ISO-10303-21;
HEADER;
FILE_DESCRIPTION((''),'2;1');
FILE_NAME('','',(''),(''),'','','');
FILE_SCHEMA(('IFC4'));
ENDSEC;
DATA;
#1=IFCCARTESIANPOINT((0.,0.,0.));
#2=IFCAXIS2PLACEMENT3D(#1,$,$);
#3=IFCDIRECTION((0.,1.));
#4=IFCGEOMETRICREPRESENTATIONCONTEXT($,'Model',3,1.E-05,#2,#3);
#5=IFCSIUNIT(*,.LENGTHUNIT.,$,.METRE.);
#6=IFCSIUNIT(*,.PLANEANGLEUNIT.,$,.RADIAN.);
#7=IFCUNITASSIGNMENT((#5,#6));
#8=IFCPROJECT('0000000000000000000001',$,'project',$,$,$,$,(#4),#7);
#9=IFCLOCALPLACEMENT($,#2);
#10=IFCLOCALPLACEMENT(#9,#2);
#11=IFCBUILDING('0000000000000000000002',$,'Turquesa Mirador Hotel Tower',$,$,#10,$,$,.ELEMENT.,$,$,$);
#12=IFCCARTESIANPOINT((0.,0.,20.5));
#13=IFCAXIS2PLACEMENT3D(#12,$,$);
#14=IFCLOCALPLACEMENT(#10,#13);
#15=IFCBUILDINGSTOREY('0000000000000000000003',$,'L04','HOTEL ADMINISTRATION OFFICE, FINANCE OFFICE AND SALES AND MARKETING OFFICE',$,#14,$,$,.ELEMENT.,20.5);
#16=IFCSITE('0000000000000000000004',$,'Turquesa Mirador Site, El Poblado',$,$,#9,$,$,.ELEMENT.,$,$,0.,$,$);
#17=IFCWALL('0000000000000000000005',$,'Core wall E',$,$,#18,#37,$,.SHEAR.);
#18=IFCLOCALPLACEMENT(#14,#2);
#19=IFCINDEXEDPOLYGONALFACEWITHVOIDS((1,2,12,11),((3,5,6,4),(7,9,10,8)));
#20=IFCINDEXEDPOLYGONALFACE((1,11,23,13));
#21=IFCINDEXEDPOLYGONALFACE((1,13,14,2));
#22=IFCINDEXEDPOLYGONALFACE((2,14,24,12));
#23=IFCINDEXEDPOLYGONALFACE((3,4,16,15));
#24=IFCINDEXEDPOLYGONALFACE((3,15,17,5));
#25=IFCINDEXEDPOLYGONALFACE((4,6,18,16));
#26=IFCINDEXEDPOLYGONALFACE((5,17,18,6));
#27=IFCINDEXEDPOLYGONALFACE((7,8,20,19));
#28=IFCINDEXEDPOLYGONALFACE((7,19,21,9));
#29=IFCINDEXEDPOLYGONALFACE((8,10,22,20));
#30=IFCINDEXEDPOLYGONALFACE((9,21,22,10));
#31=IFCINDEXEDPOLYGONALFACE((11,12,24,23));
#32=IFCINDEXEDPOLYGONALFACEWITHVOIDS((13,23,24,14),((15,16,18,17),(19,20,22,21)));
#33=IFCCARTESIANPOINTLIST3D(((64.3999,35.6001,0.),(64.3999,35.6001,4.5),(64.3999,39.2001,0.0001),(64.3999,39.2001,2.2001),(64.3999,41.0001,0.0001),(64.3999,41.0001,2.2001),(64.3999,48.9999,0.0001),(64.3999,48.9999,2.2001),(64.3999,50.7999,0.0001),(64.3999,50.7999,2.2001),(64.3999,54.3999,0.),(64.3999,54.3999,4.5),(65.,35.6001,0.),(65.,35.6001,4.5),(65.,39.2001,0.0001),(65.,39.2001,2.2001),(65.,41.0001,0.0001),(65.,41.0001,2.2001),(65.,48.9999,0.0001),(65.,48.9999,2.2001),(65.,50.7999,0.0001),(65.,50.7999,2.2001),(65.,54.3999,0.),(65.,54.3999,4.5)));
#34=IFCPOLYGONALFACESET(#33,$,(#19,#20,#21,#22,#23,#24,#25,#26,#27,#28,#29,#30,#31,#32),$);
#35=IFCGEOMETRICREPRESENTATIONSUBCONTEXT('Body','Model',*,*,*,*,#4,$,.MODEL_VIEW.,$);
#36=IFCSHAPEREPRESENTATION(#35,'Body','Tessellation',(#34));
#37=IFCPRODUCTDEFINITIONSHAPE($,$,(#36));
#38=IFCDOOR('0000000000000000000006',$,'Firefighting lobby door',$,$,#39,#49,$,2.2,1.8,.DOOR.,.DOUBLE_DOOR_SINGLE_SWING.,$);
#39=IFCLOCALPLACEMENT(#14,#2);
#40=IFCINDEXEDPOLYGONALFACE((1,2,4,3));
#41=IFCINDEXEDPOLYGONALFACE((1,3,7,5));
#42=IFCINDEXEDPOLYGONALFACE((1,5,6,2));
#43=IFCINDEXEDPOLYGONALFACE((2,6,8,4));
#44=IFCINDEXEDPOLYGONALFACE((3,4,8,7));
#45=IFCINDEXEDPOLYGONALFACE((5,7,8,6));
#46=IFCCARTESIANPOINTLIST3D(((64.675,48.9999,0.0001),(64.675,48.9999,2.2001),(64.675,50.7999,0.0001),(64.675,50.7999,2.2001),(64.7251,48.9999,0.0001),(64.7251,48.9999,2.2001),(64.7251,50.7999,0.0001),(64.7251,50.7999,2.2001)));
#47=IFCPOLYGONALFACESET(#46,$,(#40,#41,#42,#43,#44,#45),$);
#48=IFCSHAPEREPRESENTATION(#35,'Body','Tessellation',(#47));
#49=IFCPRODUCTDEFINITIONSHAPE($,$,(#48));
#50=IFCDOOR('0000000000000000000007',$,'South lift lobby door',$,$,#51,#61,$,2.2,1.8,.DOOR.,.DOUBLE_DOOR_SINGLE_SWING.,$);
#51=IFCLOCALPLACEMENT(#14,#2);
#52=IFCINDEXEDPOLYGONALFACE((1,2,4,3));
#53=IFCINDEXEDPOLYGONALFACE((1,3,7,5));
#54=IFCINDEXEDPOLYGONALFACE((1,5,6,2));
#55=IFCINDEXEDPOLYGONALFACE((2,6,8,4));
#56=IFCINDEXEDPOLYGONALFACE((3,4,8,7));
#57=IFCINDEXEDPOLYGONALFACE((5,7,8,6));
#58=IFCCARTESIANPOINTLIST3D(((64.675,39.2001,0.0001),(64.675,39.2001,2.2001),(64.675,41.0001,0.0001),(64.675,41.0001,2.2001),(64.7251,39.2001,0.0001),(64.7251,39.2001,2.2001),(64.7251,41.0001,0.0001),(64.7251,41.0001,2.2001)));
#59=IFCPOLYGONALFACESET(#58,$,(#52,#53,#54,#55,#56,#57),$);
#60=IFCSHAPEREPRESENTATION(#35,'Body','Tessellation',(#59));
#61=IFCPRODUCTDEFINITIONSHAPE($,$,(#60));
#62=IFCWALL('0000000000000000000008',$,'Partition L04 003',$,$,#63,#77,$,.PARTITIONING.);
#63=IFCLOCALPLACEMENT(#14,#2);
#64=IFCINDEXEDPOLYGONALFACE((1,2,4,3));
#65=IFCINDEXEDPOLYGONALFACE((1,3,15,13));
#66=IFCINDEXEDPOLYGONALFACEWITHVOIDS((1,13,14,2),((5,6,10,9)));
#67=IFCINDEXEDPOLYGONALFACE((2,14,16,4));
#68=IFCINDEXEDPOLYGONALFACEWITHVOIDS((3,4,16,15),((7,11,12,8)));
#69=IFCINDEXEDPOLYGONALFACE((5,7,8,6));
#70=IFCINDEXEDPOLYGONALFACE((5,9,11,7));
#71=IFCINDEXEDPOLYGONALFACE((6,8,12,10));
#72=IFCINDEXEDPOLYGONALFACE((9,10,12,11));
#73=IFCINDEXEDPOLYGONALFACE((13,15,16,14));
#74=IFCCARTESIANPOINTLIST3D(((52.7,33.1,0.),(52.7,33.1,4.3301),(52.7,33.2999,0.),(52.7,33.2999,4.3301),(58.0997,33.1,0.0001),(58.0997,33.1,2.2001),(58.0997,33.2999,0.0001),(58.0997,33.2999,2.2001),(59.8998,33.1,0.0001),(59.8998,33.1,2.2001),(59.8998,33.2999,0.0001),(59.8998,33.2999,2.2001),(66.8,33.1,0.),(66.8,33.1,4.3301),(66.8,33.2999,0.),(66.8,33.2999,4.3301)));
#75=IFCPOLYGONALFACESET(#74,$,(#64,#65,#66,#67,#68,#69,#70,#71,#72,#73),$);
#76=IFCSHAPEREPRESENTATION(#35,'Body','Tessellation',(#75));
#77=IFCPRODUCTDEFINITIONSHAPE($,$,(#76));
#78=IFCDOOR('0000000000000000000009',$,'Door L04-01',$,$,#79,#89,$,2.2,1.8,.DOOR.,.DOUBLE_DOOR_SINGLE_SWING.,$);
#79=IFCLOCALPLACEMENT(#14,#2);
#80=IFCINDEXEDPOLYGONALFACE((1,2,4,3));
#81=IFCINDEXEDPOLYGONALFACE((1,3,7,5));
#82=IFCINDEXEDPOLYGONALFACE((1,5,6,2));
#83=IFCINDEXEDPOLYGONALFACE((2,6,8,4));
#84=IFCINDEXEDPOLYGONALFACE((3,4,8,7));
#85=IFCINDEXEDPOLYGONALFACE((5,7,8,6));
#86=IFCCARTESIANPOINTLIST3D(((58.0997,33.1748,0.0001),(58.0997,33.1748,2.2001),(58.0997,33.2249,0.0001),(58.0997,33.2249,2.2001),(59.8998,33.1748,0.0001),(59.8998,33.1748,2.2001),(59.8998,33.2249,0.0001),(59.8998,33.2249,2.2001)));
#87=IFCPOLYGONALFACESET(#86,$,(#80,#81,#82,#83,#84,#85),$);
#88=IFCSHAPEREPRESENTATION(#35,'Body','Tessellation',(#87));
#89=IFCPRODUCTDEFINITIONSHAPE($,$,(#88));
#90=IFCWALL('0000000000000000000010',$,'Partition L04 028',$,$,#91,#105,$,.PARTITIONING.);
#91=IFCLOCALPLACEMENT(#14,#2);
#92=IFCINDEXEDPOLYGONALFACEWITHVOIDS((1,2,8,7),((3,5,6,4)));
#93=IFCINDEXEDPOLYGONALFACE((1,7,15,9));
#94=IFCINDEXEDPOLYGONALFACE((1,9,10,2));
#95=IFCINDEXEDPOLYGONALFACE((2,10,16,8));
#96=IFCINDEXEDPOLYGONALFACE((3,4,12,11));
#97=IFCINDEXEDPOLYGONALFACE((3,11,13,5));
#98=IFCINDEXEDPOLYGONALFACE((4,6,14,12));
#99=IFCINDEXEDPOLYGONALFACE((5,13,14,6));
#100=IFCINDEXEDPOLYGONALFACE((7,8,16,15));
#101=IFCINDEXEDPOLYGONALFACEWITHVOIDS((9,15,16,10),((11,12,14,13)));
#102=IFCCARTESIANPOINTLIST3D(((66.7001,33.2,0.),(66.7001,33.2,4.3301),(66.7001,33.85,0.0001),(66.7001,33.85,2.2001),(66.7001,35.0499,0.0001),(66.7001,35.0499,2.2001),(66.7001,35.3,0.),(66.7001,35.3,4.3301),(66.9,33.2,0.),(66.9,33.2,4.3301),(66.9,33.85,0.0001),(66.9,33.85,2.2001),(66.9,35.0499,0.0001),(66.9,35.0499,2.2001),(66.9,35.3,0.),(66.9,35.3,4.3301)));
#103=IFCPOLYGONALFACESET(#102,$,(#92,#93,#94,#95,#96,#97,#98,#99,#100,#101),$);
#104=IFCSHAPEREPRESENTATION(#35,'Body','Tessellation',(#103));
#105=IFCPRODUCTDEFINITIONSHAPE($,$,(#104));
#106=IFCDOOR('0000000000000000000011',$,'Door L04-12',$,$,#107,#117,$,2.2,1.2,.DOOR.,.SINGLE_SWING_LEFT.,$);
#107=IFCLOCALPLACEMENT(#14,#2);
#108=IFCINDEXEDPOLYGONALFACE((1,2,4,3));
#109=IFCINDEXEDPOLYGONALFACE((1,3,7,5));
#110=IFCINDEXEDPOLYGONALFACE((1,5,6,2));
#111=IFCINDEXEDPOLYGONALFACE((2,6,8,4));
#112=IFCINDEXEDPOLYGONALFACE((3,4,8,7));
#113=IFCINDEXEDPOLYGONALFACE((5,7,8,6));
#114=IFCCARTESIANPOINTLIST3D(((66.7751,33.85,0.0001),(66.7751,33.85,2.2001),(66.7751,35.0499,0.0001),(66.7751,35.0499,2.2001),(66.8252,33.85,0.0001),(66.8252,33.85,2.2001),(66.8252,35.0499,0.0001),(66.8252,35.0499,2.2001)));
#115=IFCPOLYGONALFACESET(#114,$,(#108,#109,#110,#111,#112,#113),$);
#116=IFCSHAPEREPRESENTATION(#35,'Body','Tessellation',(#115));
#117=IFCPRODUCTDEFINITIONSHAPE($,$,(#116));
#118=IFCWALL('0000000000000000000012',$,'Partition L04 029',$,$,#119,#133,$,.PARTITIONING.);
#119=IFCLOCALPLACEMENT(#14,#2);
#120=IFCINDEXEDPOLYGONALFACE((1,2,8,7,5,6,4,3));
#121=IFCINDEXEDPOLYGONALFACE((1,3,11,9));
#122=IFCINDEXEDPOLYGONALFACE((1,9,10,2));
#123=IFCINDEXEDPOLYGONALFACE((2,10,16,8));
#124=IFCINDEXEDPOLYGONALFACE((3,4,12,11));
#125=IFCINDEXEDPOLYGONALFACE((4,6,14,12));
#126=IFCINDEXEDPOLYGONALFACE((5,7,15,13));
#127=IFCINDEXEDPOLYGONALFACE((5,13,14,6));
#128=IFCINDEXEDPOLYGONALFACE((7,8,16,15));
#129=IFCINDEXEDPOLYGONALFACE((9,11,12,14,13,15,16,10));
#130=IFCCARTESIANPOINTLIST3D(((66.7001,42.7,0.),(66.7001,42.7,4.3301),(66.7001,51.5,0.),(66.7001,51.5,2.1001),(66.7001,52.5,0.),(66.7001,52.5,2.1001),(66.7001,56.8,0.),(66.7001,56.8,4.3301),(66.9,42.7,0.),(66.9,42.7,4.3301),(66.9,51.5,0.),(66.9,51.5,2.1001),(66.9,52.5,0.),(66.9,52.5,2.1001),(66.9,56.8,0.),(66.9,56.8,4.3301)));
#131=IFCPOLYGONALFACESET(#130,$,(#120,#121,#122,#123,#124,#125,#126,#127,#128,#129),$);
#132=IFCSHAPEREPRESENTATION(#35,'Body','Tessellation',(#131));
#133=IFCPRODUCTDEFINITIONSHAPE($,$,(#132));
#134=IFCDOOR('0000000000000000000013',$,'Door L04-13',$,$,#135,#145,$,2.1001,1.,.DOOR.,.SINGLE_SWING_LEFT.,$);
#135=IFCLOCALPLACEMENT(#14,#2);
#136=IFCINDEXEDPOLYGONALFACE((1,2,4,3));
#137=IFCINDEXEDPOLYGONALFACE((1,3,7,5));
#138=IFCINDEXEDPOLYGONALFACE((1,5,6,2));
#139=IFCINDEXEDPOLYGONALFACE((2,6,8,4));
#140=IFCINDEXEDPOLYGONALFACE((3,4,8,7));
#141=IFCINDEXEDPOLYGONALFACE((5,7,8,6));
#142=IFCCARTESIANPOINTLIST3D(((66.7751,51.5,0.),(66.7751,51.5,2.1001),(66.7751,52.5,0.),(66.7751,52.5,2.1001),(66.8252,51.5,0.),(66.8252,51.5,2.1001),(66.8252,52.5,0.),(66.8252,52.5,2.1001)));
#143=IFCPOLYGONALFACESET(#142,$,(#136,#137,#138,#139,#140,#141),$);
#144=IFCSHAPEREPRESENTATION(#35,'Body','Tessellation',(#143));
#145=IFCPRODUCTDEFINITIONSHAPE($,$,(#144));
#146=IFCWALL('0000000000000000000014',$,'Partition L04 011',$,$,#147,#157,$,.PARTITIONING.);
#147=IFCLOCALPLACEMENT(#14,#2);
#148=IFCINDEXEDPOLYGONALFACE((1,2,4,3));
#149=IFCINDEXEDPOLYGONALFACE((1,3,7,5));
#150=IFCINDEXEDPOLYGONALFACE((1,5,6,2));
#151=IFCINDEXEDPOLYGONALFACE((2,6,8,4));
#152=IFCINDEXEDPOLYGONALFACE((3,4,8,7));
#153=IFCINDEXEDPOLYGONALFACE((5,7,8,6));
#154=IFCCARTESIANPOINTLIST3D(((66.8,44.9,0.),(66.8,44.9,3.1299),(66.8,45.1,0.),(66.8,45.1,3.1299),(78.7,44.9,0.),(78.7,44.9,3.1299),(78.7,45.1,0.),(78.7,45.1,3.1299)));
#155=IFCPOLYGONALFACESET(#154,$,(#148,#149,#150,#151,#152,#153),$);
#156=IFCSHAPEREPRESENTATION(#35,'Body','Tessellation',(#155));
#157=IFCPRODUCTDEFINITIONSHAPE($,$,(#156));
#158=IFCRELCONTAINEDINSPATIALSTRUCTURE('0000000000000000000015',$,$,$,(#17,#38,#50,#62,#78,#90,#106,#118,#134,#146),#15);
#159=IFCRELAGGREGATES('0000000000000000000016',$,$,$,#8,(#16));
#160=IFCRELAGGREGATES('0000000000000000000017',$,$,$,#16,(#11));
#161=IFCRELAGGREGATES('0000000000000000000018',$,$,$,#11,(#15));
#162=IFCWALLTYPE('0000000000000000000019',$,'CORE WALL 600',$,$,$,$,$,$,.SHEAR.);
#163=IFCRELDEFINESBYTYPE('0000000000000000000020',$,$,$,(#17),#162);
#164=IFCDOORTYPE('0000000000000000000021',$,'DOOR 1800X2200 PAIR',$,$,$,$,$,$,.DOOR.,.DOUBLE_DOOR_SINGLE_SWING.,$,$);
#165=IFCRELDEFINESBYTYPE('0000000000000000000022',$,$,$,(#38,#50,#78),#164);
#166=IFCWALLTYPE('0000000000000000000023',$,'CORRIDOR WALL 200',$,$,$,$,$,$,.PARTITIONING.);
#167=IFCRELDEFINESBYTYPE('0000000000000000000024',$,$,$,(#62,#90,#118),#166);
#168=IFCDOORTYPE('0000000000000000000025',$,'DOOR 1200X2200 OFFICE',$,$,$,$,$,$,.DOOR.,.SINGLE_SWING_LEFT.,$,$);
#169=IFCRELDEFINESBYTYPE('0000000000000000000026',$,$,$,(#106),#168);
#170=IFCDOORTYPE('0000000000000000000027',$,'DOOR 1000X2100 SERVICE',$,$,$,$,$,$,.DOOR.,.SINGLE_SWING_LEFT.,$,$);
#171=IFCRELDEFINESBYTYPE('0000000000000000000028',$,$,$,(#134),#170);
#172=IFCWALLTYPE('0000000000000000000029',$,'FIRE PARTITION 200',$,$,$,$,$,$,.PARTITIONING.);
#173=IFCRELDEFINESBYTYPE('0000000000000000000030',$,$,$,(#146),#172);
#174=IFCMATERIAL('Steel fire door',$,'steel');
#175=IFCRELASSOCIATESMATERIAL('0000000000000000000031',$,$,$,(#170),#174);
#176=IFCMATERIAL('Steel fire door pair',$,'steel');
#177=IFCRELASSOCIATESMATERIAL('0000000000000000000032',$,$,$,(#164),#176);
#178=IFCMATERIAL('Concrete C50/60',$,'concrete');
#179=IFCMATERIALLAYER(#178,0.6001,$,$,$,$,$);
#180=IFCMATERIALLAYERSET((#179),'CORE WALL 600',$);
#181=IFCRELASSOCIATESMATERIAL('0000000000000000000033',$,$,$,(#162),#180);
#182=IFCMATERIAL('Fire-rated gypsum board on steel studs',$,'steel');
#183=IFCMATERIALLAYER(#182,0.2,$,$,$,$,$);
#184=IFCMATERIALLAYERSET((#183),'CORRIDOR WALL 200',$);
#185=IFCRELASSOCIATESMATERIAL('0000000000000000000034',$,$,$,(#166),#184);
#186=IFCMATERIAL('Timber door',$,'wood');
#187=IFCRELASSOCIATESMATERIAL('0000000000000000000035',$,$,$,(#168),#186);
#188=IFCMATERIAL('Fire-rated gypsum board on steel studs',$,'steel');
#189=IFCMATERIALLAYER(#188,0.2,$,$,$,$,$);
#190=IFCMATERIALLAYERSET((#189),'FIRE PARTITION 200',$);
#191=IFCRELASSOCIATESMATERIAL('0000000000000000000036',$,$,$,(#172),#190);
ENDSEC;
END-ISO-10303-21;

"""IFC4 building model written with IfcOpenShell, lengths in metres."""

from ifc_helpers import new_model, si_unit, direction, frame, frame_2d, origin, place, context, subcontext, project, spatial, rectangle, extrude, material, layer, layer_set, type_object, element, fill, save


model = new_model("IFC4")

# Units and contexts
model_context = context("Model", 3, precision=1e-05, world=origin(), true_north=direction((0.0, 1.0)))
body_context = subcontext(model_context, "Body", "Model", "MODEL_VIEW")
ifc_project = project(units=[si_unit("LENGTHUNIT", "METRE"), si_unit("PLANEANGLEUNIT", "RADIAN")], contexts=[model_context])

# Site, building, storey
site_placement = place(None, origin())
site = spatial("IfcSite", under=ifc_project, at=site_placement, Name="Turquesa Mirador Site, El Poblado", CompositionType="ELEMENT", RefElevation=0.0)
building_placement = place(site_placement, origin())
building = spatial("IfcBuilding", under=site, at=building_placement, Name="Turquesa Mirador Hotel Tower", CompositionType="ELEMENT")
storey_placement = place(building_placement, frame((0.0, 0.0, 20.5)))
storey = spatial("IfcBuildingStorey", under=building, at=storey_placement, Name="L04", Description="HOTEL ADMINISTRATION OFFICE, FINANCE OFFICE AND SALES AND MARKETING OFFICE", CompositionType="ELEMENT", Elevation=20.5)

# Shared definitions
ifc_material_1 = material(Name="Steel fire door", Category="steel")
door_type_1 = type_object("IfcDoorType", Name="DOOR 1000X2100 SERVICE", OperationType="SINGLE_SWING_LEFT", PredefinedType="DOOR", material=ifc_material_1)
ifc_material_2 = material(Name="Steel fire door pair", Category="steel")
door_type_2 = type_object("IfcDoorType", Name="DOOR 1800X2200 PAIR", OperationType="DOUBLE_DOOR_SINGLE_SWING", PredefinedType="DOOR", material=ifc_material_2)

# Wall, openings, doors
ifc_material_3 = material(Name="Concrete C50/60", Category="concrete")
ifc_layer_1 = layer(ifc_material_3, 0.6001)
ifc_layer_set_1 = layer_set([ifc_layer_1], Name="CORE WALL 600")
wall_type_1 = type_object("IfcWallType", Name="CORE WALL 600", PredefinedType="SHEAR", material=ifc_layer_set_1)
wall_1_placement = place(storey_placement, frame((64.7, 35.6001, 0.0), z_axis=(0.0, 0.0, 1.0), x_axis=(0.0, 1.0, 0.0)))
wall_1 = element("IfcWall", 1, at=wall_1_placement, inside=storey, type_object=wall_type_1, Name="Core wall E", PredefinedType="SHEAR", context=body_context, shape_type="SweptSolid", body=[
    extrude(rectangle(XDim=18.7998, YDim=0.6001, at=frame_2d((9.3999, 0.0))), origin(), (0.0, 0.0, 1.0), 4.5),
])
opening_1_placement = place(wall_1_placement, frame((13.3999, 0.0, 0.0)))
opening_1 = element("IfcOpeningElement", 2, at=opening_1_placement, cuts=wall_1, PredefinedType="OPENING", context=body_context, shape_type="SweptSolid", body=[
    extrude(rectangle(XDim=1.8, YDim=2.2, at=frame_2d((0.8999, 1.1001))), frame((0.0, 0.3101, 0.0), z_axis=(0.0, -1.0, 0.0), x_axis=(1.0, 0.0, 0.0)), (0.0, 0.0, 1.0), 0.6201),
])
opening_2_placement = place(wall_1_placement, frame((3.6001, 0.0, 0.0)))
opening_2 = element("IfcOpeningElement", 3, at=opening_2_placement, cuts=wall_1, PredefinedType="OPENING", context=body_context, shape_type="SweptSolid", body=[
    extrude(rectangle(XDim=1.8, YDim=2.2, at=frame_2d((0.8999, 1.1001))), frame((0.0, 0.3101, 0.0), z_axis=(0.0, -1.0, 0.0), x_axis=(1.0, 0.0, 0.0)), (0.0, 0.0, 1.0), 0.6201),
])
door_1_placement = place(opening_1_placement, origin())
door_1 = element("IfcDoor", 4, at=door_1_placement, inside=storey, type_object=door_type_2, Name="Firefighting lobby door", OperationType="DOUBLE_DOOR_SINGLE_SWING", OverallHeight=2.2, OverallWidth=1.8, PredefinedType="DOOR", context=body_context, shape_type="SweptSolid", body=[
    extrude(rectangle(XDim=1.8, YDim=2.2, at=frame_2d((0.8999, 1.1001))), frame((0.0, 0.0249, 0.0), z_axis=(0.0, -1.0, 0.0), x_axis=(1.0, 0.0, 0.0)), (0.0, 0.0, 1.0), 0.05),
])
fill(opening_1, door_1)
door_2_placement = place(opening_2_placement, origin())
door_2 = element("IfcDoor", 5, at=door_2_placement, inside=storey, type_object=door_type_2, Name="South lift lobby door", OperationType="DOUBLE_DOOR_SINGLE_SWING", OverallHeight=2.2, OverallWidth=1.8, PredefinedType="DOOR", context=body_context, shape_type="SweptSolid", body=[
    extrude(rectangle(XDim=1.8, YDim=2.2, at=frame_2d((0.8999, 1.1001))), frame((0.0, 0.0249, 0.0), z_axis=(0.0, -1.0, 0.0), x_axis=(1.0, 0.0, 0.0)), (0.0, 0.0, 1.0), 0.05),
])
fill(opening_2, door_2)

# Walls, openings, doors
ifc_material_4 = material(Name="Fire-rated gypsum board on steel studs", Category="steel")
ifc_layer_2 = layer(ifc_material_4, 0.2)
ifc_layer_set_2 = layer_set([ifc_layer_2], Name="CORRIDOR WALL 200")
wall_type_2 = type_object("IfcWallType", Name="CORRIDOR WALL 200", PredefinedType="PARTITIONING", material=ifc_layer_set_2)
wall_2_placement = place(storey_placement, frame((52.7, 33.2, 0.0), z_axis=(0.0, 0.0, 1.0), x_axis=(1.0, 0.0, 0.0)))
wall_2 = element("IfcWall", 6, at=wall_2_placement, inside=storey, type_object=wall_type_2, Name="Partition L04 003", PredefinedType="PARTITIONING", context=body_context, shape_type="SweptSolid", body=[
    extrude(rectangle(XDim=14.1001, YDim=0.2, at=frame_2d((7.05, 0.0))), origin(), (0.0, 0.0, 1.0), 4.3301),
])
opening_3_placement = place(wall_2_placement, frame((5.3999, 0.0, 0.0)))
opening_3 = element("IfcOpeningElement", 7, at=opening_3_placement, cuts=wall_2, PredefinedType="OPENING", context=body_context, shape_type="SweptSolid", body=[
    extrude(rectangle(XDim=1.8, YDim=2.2, at=frame_2d((0.8999, 1.1001))), frame((0.0, 0.1099, 0.0), z_axis=(0.0, -1.0, 0.0), x_axis=(1.0, 0.0, 0.0)), (0.0, 0.0, 1.0), 0.22),
])
door_3_placement = place(opening_3_placement, origin())
door_3 = element("IfcDoor", 8, at=door_3_placement, inside=storey, type_object=door_type_2, Name="Door L04-01", OperationType="DOUBLE_DOOR_SINGLE_SWING", OverallHeight=2.2, OverallWidth=1.8, PredefinedType="DOOR", context=body_context, shape_type="SweptSolid", body=[
    extrude(rectangle(XDim=1.8, YDim=2.2, at=frame_2d((0.8999, 1.1001))), frame((0.0, 0.0249, 0.0), z_axis=(0.0, -1.0, 0.0), x_axis=(1.0, 0.0, 0.0)), (0.0, 0.0, 1.0), 0.05),
])
fill(opening_3, door_3)
wall_3_placement = place(storey_placement, frame((66.8, 33.2, 0.0), z_axis=(0.0, 0.0, 1.0), x_axis=(0.0, 1.0, 0.0)))
wall_3 = element("IfcWall", 9, at=wall_3_placement, inside=storey, type_object=wall_type_2, Name="Partition L04 028", PredefinedType="PARTITIONING", context=body_context, shape_type="SweptSolid", body=[
    extrude(rectangle(XDim=2.1001, YDim=0.2, at=frame_2d((1.05, 0.0))), origin(), (0.0, 0.0, 1.0), 4.3301),
])
opening_4_placement = place(wall_3_placement, frame((0.6499, 0.0, 0.0)))
opening_4 = element("IfcOpeningElement", 10, at=opening_4_placement, cuts=wall_3, PredefinedType="OPENING", context=body_context, shape_type="SweptSolid", body=[
    extrude(rectangle(XDim=1.2, YDim=2.2, at=frame_2d((0.6001, 1.1001))), frame((0.0, 0.1099, 0.0), z_axis=(0.0, -1.0, 0.0), x_axis=(1.0, 0.0, 0.0)), (0.0, 0.0, 1.0), 0.22),
])
ifc_material_5 = material(Name="Timber door", Category="wood")
door_type_3 = type_object("IfcDoorType", Name="DOOR 1200X2200 OFFICE", OperationType="SINGLE_SWING_LEFT", PredefinedType="DOOR", material=ifc_material_5)
door_4_placement = place(opening_4_placement, origin())
door_4 = element("IfcDoor", 11, at=door_4_placement, inside=storey, type_object=door_type_3, Name="Door L04-12", OperationType="SINGLE_SWING_LEFT", OverallHeight=2.2, OverallWidth=1.2, PredefinedType="DOOR", context=body_context, shape_type="SweptSolid", body=[
    extrude(rectangle(XDim=1.2, YDim=2.2, at=frame_2d((0.6001, 1.1001))), frame((0.0, 0.0249, 0.0), z_axis=(0.0, -1.0, 0.0), x_axis=(1.0, 0.0, 0.0)), (0.0, 0.0, 1.0), 0.05),
])
fill(opening_4, door_4)
wall_4_placement = place(storey_placement, frame((66.8, 42.7, 0.0), z_axis=(0.0, 0.0, 1.0), x_axis=(0.0, 1.0, 0.0)))
wall_4 = element("IfcWall", 12, at=wall_4_placement, inside=storey, type_object=wall_type_2, Name="Partition L04 029", PredefinedType="PARTITIONING", context=body_context, shape_type="SweptSolid", body=[
    extrude(rectangle(XDim=14.1001, YDim=0.2, at=frame_2d((7.05, 0.0))), origin(), (0.0, 0.0, 1.0), 4.3301),
])
opening_5_placement = place(wall_4_placement, frame((8.8, 0.0, 0.0)))
opening_5 = element("IfcOpeningElement", 13, at=opening_5_placement, cuts=wall_4, PredefinedType="OPENING", context=body_context, shape_type="SweptSolid", body=[
    extrude(rectangle(XDim=1.0, YDim=2.1001, at=frame_2d((0.5, 1.05))), frame((0.0, 0.1099, 0.0), z_axis=(0.0, -1.0, 0.0), x_axis=(1.0, 0.0, 0.0)), (0.0, 0.0, 1.0), 0.22),
])
door_5_placement = place(opening_5_placement, origin())
door_5 = element("IfcDoor", 14, at=door_5_placement, inside=storey, type_object=door_type_1, Name="Door L04-13", OperationType="SINGLE_SWING_LEFT", OverallHeight=2.1001, OverallWidth=1.0, PredefinedType="DOOR", context=body_context, shape_type="SweptSolid", body=[
    extrude(rectangle(XDim=1.0, YDim=2.1001, at=frame_2d((0.5, 1.05))), frame((0.0, 0.0249, 0.0), z_axis=(0.0, -1.0, 0.0), x_axis=(1.0, 0.0, 0.0)), (0.0, 0.0, 1.0), 0.05),
])
fill(opening_5, door_5)

# Wall
ifc_material_6 = material(Name="Fire-rated gypsum board on steel studs", Category="steel")
ifc_layer_3 = layer(ifc_material_6, 0.2)
ifc_layer_set_3 = layer_set([ifc_layer_3], Name="FIRE PARTITION 200")
wall_type_3 = type_object("IfcWallType", Name="FIRE PARTITION 200", PredefinedType="PARTITIONING", material=ifc_layer_set_3)
wall_5_placement = place(storey_placement, frame((66.8, 45.0, 0.0), z_axis=(0.0, 0.0, 1.0), x_axis=(1.0, 0.0, 0.0)))
element("IfcWall", 15, at=wall_5_placement, inside=storey, type_object=wall_type_3, Name="Partition L04 011", PredefinedType="PARTITIONING", context=body_context, shape_type="SweptSolid", body=[
    extrude(rectangle(XDim=11.8999, YDim=0.2, at=frame_2d((5.95, 0.0))), origin(), (0.0, 0.0, 1.0), 3.1299),
])

save(model, "model.ifc")
